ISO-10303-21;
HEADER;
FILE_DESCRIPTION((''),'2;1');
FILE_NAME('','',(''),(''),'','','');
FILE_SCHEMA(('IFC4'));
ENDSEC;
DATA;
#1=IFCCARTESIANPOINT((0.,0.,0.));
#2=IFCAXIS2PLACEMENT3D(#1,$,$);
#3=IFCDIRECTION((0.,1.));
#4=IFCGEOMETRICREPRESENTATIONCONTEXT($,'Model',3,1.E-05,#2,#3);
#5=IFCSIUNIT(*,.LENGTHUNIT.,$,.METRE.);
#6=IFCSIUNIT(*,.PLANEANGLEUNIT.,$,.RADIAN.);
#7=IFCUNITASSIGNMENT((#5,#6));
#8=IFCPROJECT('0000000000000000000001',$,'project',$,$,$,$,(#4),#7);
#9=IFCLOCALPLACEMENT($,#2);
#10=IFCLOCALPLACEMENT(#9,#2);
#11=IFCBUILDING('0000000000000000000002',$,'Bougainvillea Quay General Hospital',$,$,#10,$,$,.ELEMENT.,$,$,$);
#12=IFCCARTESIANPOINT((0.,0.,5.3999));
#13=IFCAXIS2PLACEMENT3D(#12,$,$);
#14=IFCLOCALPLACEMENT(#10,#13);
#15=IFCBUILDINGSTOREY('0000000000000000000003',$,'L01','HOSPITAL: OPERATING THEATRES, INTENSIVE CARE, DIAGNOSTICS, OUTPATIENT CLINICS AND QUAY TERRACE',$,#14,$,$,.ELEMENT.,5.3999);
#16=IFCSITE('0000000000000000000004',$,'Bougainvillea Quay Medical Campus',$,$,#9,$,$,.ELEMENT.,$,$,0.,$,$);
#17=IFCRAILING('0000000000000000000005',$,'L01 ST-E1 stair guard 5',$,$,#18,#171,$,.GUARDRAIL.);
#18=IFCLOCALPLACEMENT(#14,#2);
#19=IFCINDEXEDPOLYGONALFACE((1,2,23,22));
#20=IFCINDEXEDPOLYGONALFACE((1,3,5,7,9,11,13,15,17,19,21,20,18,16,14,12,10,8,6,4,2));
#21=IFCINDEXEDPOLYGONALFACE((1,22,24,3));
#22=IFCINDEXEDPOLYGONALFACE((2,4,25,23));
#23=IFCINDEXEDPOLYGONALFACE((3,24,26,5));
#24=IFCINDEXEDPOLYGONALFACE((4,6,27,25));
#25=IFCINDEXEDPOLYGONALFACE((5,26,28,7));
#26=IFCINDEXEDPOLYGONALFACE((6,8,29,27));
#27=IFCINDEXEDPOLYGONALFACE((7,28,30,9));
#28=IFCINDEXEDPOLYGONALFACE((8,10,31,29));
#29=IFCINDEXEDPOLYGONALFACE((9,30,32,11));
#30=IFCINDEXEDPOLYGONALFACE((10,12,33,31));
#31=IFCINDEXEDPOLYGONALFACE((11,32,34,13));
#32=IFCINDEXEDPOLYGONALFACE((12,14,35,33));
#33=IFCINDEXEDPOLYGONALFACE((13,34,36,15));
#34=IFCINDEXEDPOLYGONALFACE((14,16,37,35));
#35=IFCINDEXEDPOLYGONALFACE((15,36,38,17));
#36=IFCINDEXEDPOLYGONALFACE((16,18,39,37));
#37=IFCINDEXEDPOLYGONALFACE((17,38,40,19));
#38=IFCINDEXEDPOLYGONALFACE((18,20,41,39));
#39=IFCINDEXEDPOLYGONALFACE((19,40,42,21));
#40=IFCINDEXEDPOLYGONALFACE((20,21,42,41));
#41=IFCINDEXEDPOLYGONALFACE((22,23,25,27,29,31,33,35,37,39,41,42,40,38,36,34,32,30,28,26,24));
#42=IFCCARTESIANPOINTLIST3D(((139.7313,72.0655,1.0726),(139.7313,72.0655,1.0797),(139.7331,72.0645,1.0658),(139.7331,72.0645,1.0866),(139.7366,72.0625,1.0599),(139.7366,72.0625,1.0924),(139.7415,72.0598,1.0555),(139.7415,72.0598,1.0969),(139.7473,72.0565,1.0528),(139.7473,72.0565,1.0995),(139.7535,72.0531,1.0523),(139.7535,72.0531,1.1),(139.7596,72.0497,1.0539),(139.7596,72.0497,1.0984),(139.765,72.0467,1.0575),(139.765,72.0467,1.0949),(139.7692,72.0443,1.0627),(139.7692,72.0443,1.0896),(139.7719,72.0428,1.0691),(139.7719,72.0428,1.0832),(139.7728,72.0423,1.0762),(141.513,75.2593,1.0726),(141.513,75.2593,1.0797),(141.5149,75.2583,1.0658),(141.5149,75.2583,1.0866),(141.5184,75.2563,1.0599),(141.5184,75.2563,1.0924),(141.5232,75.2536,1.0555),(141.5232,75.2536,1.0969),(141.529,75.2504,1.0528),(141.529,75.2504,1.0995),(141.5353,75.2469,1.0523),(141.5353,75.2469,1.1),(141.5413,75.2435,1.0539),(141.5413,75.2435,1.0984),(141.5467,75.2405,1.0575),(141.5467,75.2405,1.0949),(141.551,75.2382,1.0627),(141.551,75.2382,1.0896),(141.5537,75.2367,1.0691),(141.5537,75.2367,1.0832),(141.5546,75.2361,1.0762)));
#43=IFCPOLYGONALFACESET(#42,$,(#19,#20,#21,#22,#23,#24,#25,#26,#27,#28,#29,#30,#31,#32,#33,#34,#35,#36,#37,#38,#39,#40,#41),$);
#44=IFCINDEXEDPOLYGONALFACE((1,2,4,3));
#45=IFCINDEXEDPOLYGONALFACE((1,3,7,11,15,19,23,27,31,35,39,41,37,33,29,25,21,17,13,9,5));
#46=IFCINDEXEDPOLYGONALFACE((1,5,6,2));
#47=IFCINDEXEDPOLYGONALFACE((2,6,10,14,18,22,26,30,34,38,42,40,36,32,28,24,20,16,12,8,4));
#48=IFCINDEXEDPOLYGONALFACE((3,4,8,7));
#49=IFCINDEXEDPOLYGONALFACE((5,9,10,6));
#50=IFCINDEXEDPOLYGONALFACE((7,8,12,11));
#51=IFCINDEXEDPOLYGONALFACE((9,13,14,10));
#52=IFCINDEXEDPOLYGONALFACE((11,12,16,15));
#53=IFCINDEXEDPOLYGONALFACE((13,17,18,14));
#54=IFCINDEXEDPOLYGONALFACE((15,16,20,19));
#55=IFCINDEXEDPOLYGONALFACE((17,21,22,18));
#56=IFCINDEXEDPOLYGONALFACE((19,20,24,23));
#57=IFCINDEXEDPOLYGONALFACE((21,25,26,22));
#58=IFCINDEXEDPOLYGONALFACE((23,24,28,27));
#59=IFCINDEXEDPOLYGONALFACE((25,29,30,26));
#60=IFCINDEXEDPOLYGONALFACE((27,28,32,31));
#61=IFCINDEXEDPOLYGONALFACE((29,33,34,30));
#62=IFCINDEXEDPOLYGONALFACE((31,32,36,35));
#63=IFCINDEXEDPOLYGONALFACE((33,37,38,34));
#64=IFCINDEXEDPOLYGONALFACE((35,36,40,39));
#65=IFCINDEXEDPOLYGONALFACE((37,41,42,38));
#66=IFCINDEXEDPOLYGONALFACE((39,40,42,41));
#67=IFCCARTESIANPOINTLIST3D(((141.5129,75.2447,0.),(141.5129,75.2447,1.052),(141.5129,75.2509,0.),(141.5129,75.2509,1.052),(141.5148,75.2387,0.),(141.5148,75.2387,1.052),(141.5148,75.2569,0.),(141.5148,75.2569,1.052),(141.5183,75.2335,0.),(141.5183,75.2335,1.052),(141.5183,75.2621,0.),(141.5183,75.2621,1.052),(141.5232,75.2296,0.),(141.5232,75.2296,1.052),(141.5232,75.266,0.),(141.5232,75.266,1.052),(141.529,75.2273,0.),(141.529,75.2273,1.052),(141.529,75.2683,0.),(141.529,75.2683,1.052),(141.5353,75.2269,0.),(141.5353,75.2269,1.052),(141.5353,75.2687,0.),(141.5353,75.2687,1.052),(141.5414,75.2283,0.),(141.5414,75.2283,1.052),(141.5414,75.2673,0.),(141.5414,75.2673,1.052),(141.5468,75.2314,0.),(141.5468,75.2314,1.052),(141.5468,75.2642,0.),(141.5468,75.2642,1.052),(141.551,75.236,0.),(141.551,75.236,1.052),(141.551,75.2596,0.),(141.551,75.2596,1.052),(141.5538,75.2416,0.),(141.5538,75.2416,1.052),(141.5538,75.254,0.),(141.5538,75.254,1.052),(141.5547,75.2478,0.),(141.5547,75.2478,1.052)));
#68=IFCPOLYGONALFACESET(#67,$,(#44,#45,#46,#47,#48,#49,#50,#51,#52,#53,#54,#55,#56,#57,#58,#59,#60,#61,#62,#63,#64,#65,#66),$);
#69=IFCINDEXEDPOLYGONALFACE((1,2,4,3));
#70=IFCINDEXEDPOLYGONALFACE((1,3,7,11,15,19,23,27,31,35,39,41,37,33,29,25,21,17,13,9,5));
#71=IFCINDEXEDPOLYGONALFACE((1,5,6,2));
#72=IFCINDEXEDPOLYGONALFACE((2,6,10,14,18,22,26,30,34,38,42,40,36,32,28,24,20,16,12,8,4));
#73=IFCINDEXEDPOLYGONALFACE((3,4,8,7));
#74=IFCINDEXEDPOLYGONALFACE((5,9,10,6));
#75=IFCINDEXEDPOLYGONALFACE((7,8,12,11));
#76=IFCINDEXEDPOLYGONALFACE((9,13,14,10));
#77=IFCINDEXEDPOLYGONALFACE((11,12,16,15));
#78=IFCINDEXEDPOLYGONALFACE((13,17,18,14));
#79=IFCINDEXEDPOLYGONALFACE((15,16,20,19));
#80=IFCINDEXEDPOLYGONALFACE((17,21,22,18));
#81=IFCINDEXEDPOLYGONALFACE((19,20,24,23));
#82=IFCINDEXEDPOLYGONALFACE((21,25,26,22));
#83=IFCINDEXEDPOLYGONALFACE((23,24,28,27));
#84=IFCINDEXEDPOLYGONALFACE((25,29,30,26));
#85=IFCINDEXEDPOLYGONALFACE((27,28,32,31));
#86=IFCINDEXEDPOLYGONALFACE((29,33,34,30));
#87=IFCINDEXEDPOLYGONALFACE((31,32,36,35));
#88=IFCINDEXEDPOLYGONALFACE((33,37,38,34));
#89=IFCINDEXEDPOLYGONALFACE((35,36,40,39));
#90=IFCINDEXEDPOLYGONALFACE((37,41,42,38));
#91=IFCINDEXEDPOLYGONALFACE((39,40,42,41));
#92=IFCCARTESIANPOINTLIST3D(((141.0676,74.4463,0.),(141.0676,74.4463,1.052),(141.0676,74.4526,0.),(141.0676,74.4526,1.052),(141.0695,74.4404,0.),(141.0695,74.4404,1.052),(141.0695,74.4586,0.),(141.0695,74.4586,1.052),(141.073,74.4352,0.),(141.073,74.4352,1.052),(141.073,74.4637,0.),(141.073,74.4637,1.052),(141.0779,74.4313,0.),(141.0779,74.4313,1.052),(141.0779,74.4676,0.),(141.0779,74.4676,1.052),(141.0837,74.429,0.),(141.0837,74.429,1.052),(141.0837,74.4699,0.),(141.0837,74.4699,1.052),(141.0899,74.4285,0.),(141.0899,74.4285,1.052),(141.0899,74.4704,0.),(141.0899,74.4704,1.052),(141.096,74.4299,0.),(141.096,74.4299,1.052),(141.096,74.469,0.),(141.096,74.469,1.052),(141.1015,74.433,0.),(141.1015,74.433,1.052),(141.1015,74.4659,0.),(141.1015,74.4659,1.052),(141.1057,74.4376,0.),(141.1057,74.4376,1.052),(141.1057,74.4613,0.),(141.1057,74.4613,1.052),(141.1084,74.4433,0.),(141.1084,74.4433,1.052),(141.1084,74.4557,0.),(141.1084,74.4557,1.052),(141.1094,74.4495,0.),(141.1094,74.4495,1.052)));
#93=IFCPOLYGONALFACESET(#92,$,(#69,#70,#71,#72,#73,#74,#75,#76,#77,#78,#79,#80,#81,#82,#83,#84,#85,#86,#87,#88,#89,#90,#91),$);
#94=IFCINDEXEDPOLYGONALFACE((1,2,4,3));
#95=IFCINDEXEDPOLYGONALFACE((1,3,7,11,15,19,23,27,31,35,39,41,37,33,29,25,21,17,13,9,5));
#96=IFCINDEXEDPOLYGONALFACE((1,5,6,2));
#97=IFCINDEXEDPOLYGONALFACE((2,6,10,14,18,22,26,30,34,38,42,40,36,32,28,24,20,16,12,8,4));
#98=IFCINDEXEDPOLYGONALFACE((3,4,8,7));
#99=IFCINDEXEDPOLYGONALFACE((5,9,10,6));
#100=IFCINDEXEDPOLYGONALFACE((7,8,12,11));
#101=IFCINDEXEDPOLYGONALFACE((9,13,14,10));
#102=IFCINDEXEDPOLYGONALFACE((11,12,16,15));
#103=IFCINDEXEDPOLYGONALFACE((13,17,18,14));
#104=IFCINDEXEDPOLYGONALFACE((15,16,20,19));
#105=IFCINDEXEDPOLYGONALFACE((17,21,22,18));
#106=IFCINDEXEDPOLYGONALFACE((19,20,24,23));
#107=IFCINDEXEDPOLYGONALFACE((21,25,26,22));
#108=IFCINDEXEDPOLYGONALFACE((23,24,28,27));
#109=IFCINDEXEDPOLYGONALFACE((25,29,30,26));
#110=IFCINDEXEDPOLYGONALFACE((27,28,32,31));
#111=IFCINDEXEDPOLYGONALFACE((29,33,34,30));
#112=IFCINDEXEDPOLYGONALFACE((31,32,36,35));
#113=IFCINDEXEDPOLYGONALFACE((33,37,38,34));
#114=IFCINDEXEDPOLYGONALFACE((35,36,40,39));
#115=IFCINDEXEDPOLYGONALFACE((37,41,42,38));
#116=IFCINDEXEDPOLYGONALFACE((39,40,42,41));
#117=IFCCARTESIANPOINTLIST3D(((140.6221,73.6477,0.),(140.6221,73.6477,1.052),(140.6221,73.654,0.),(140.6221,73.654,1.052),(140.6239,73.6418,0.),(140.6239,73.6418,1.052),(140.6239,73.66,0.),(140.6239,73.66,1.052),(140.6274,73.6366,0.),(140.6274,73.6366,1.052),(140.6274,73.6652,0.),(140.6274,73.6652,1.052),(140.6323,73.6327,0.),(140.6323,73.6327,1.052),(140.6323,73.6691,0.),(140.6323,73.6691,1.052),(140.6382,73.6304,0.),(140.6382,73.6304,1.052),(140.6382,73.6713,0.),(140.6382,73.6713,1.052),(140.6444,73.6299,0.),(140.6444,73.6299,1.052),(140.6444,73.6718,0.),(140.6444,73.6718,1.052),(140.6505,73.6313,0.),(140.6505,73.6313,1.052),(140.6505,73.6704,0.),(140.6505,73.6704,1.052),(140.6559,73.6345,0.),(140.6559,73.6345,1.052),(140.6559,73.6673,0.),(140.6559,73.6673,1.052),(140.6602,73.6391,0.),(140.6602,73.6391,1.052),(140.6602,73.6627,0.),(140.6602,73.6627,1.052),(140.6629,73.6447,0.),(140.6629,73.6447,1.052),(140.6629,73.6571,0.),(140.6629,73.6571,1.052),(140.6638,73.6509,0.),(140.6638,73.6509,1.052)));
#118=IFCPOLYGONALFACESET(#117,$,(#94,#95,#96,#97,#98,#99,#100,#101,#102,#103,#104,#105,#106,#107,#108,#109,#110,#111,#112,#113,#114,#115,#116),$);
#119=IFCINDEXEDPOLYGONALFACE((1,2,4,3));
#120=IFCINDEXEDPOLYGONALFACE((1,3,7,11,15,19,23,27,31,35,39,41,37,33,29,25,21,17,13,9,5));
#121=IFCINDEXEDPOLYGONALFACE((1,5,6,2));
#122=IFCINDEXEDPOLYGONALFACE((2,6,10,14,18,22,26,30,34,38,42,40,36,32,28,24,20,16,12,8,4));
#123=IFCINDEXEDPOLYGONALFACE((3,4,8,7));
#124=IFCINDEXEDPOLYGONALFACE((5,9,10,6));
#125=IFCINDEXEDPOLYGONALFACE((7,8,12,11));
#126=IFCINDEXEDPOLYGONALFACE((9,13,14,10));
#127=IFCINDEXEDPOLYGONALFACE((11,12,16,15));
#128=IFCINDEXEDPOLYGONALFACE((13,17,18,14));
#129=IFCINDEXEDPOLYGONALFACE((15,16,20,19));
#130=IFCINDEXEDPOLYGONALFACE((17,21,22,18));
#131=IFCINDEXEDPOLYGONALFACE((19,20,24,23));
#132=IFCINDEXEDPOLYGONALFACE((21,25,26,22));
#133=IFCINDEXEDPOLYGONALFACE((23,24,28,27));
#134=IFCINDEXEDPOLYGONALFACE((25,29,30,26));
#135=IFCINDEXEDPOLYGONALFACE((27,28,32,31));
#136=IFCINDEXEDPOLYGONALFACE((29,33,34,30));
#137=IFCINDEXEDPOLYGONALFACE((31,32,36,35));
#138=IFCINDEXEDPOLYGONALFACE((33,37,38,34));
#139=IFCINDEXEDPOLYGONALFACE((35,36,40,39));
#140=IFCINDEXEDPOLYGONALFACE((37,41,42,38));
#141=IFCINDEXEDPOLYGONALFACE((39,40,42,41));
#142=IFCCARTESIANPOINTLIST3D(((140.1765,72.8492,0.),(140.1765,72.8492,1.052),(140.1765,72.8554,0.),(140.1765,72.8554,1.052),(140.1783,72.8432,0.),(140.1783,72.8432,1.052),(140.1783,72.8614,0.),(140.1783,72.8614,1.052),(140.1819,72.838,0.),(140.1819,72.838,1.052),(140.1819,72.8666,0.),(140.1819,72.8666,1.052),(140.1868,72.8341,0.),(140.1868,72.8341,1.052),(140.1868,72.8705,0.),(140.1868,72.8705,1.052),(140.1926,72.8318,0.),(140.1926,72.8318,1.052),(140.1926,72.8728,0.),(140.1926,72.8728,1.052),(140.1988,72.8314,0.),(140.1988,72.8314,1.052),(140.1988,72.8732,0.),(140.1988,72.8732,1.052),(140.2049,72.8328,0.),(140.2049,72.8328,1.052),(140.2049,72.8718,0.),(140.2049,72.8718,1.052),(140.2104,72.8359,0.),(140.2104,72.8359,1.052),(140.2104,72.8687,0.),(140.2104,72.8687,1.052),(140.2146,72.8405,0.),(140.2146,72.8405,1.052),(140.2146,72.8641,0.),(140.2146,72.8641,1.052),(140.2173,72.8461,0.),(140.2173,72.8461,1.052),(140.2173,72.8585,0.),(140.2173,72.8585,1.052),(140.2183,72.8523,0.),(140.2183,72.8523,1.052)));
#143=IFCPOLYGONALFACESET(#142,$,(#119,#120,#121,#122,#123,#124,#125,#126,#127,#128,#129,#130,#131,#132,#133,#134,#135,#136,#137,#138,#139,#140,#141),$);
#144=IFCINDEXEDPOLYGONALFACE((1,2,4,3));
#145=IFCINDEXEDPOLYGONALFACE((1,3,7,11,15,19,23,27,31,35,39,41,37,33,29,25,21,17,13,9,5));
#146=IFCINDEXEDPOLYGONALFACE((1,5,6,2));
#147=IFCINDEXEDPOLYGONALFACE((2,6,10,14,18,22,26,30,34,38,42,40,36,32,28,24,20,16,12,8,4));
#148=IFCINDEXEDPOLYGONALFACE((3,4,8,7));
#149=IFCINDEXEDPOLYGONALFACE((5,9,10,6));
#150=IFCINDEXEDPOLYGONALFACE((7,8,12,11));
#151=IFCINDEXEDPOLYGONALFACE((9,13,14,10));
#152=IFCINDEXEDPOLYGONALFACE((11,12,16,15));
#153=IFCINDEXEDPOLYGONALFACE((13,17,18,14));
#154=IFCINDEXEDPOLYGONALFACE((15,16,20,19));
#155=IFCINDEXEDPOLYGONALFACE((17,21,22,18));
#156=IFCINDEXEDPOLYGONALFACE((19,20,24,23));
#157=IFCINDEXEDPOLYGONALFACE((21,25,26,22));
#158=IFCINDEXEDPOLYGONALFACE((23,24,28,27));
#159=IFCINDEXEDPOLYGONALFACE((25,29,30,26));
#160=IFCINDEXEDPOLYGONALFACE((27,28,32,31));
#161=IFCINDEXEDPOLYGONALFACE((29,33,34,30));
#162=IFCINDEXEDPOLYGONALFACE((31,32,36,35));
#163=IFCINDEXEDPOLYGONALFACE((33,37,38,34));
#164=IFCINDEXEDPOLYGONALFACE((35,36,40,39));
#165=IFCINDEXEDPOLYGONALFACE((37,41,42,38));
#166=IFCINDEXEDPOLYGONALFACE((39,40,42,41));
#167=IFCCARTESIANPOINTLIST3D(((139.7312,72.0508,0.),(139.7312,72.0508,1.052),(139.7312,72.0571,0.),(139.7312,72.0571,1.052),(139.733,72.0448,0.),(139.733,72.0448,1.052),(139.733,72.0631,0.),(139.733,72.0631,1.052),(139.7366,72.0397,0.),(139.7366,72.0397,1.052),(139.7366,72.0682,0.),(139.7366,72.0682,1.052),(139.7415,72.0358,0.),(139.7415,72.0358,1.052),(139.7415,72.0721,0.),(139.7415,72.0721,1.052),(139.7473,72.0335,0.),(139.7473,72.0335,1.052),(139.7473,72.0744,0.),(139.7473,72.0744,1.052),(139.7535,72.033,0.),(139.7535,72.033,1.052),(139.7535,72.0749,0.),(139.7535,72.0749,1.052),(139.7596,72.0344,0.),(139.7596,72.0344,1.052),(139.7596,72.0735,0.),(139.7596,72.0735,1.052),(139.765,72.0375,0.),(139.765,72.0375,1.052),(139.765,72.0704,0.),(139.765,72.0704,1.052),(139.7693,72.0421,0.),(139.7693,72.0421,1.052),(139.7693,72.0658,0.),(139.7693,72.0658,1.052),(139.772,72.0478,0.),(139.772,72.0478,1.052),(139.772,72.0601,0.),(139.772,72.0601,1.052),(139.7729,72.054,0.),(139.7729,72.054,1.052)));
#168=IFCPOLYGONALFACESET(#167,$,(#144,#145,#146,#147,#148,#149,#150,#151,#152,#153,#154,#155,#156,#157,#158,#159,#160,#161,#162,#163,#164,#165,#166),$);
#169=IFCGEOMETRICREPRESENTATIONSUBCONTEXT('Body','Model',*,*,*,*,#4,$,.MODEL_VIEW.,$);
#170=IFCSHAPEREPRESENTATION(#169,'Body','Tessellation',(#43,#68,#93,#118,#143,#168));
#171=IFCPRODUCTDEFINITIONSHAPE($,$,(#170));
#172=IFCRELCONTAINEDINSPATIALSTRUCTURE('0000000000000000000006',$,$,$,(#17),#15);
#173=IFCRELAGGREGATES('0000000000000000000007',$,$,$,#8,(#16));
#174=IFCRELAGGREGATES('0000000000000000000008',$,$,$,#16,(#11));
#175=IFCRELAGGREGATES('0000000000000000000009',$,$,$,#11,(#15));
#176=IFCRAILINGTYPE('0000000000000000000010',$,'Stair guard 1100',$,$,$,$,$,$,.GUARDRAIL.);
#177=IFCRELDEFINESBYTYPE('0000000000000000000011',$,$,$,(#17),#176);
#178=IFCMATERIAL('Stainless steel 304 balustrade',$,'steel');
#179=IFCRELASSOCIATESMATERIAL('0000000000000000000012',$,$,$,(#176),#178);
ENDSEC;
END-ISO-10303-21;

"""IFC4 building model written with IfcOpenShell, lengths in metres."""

from ifc_helpers import new_model, si_unit, direction, frame, origin, origin_2d, place, context, subcontext, project, spatial, circle, extrude, material, type_object, element, save


model = new_model("IFC4")

# Units and contexts
model_context = context("Model", 3, precision=1e-05, world=origin(), true_north=direction((0.0, 1.0)))
body_context = subcontext(model_context, "Body", "Model", "MODEL_VIEW")
ifc_project = project(units=[si_unit("LENGTHUNIT", "METRE"), si_unit("PLANEANGLEUNIT", "RADIAN")], contexts=[model_context])

# Site, building, storey
site_placement = place(None, origin())
site = spatial("IfcSite", under=ifc_project, at=site_placement, Name="Bougainvillea Quay Medical Campus", CompositionType="ELEMENT", RefElevation=0.0)
building_placement = place(site_placement, origin())
building = spatial("IfcBuilding", under=site, at=building_placement, Name="Bougainvillea Quay General Hospital", CompositionType="ELEMENT")
storey_placement = place(building_placement, frame((0.0, 0.0, 5.3999)))
storey = spatial("IfcBuildingStorey", under=building, at=storey_placement, Name="L01", Description="HOSPITAL: OPERATING THEATRES, INTENSIVE CARE, DIAGNOSTICS, OUTPATIENT CLINICS AND QUAY TERRACE", CompositionType="ELEMENT", Elevation=5.3999)

# Railing
ifc_material_1 = material(Name="Stainless steel 304 balustrade", Category="steel")
railing_type_1 = type_object("IfcRailingType", Name="Stair guard 1100", PredefinedType="GUARDRAIL", material=ifc_material_1)
railing_1_placement = place(storey_placement, frame((141.5337, 75.2478, 0.0)))
element("IfcRailing", 1, at=railing_1_placement, inside=storey, type_object=railing_type_1, Name="L01 ST-E1 stair guard 5", PredefinedType="GUARDRAIL", context=body_context, shape_type="SweptSolid", body=[
    extrude(circle(Radius=0.0239, at=origin_2d()), frame((0.0, 0.0, 1.0762), z_axis=(-0.487184, -0.873299, 0.0), x_axis=(0.873299, -0.487184, 0.0)), (0.0, 0.0, 1.0), 3.6572),
    extrude(circle(Radius=0.021, at=origin_2d()), origin(), (0.0, 0.0, 1.0), 1.052),
    extrude(circle(Radius=0.021, at=origin_2d()), frame((-0.4453, -0.7983, 0.0)), (0.0, 0.0, 1.0), 1.052),
    extrude(circle(Radius=0.021, at=origin_2d()), frame((-0.8909, -1.5969, 0.0)), (0.0, 0.0, 1.0), 1.052),
    extrude(circle(Radius=0.021, at=origin_2d()), frame((-1.3364, -2.3955, 0.0)), (0.0, 0.0, 1.0), 1.052),
    extrude(circle(Radius=0.021, at=origin_2d()), frame((-1.7817, -3.1938, 0.0)), (0.0, 0.0, 1.0), 1.052),
])

save(model, "model.ifc")
